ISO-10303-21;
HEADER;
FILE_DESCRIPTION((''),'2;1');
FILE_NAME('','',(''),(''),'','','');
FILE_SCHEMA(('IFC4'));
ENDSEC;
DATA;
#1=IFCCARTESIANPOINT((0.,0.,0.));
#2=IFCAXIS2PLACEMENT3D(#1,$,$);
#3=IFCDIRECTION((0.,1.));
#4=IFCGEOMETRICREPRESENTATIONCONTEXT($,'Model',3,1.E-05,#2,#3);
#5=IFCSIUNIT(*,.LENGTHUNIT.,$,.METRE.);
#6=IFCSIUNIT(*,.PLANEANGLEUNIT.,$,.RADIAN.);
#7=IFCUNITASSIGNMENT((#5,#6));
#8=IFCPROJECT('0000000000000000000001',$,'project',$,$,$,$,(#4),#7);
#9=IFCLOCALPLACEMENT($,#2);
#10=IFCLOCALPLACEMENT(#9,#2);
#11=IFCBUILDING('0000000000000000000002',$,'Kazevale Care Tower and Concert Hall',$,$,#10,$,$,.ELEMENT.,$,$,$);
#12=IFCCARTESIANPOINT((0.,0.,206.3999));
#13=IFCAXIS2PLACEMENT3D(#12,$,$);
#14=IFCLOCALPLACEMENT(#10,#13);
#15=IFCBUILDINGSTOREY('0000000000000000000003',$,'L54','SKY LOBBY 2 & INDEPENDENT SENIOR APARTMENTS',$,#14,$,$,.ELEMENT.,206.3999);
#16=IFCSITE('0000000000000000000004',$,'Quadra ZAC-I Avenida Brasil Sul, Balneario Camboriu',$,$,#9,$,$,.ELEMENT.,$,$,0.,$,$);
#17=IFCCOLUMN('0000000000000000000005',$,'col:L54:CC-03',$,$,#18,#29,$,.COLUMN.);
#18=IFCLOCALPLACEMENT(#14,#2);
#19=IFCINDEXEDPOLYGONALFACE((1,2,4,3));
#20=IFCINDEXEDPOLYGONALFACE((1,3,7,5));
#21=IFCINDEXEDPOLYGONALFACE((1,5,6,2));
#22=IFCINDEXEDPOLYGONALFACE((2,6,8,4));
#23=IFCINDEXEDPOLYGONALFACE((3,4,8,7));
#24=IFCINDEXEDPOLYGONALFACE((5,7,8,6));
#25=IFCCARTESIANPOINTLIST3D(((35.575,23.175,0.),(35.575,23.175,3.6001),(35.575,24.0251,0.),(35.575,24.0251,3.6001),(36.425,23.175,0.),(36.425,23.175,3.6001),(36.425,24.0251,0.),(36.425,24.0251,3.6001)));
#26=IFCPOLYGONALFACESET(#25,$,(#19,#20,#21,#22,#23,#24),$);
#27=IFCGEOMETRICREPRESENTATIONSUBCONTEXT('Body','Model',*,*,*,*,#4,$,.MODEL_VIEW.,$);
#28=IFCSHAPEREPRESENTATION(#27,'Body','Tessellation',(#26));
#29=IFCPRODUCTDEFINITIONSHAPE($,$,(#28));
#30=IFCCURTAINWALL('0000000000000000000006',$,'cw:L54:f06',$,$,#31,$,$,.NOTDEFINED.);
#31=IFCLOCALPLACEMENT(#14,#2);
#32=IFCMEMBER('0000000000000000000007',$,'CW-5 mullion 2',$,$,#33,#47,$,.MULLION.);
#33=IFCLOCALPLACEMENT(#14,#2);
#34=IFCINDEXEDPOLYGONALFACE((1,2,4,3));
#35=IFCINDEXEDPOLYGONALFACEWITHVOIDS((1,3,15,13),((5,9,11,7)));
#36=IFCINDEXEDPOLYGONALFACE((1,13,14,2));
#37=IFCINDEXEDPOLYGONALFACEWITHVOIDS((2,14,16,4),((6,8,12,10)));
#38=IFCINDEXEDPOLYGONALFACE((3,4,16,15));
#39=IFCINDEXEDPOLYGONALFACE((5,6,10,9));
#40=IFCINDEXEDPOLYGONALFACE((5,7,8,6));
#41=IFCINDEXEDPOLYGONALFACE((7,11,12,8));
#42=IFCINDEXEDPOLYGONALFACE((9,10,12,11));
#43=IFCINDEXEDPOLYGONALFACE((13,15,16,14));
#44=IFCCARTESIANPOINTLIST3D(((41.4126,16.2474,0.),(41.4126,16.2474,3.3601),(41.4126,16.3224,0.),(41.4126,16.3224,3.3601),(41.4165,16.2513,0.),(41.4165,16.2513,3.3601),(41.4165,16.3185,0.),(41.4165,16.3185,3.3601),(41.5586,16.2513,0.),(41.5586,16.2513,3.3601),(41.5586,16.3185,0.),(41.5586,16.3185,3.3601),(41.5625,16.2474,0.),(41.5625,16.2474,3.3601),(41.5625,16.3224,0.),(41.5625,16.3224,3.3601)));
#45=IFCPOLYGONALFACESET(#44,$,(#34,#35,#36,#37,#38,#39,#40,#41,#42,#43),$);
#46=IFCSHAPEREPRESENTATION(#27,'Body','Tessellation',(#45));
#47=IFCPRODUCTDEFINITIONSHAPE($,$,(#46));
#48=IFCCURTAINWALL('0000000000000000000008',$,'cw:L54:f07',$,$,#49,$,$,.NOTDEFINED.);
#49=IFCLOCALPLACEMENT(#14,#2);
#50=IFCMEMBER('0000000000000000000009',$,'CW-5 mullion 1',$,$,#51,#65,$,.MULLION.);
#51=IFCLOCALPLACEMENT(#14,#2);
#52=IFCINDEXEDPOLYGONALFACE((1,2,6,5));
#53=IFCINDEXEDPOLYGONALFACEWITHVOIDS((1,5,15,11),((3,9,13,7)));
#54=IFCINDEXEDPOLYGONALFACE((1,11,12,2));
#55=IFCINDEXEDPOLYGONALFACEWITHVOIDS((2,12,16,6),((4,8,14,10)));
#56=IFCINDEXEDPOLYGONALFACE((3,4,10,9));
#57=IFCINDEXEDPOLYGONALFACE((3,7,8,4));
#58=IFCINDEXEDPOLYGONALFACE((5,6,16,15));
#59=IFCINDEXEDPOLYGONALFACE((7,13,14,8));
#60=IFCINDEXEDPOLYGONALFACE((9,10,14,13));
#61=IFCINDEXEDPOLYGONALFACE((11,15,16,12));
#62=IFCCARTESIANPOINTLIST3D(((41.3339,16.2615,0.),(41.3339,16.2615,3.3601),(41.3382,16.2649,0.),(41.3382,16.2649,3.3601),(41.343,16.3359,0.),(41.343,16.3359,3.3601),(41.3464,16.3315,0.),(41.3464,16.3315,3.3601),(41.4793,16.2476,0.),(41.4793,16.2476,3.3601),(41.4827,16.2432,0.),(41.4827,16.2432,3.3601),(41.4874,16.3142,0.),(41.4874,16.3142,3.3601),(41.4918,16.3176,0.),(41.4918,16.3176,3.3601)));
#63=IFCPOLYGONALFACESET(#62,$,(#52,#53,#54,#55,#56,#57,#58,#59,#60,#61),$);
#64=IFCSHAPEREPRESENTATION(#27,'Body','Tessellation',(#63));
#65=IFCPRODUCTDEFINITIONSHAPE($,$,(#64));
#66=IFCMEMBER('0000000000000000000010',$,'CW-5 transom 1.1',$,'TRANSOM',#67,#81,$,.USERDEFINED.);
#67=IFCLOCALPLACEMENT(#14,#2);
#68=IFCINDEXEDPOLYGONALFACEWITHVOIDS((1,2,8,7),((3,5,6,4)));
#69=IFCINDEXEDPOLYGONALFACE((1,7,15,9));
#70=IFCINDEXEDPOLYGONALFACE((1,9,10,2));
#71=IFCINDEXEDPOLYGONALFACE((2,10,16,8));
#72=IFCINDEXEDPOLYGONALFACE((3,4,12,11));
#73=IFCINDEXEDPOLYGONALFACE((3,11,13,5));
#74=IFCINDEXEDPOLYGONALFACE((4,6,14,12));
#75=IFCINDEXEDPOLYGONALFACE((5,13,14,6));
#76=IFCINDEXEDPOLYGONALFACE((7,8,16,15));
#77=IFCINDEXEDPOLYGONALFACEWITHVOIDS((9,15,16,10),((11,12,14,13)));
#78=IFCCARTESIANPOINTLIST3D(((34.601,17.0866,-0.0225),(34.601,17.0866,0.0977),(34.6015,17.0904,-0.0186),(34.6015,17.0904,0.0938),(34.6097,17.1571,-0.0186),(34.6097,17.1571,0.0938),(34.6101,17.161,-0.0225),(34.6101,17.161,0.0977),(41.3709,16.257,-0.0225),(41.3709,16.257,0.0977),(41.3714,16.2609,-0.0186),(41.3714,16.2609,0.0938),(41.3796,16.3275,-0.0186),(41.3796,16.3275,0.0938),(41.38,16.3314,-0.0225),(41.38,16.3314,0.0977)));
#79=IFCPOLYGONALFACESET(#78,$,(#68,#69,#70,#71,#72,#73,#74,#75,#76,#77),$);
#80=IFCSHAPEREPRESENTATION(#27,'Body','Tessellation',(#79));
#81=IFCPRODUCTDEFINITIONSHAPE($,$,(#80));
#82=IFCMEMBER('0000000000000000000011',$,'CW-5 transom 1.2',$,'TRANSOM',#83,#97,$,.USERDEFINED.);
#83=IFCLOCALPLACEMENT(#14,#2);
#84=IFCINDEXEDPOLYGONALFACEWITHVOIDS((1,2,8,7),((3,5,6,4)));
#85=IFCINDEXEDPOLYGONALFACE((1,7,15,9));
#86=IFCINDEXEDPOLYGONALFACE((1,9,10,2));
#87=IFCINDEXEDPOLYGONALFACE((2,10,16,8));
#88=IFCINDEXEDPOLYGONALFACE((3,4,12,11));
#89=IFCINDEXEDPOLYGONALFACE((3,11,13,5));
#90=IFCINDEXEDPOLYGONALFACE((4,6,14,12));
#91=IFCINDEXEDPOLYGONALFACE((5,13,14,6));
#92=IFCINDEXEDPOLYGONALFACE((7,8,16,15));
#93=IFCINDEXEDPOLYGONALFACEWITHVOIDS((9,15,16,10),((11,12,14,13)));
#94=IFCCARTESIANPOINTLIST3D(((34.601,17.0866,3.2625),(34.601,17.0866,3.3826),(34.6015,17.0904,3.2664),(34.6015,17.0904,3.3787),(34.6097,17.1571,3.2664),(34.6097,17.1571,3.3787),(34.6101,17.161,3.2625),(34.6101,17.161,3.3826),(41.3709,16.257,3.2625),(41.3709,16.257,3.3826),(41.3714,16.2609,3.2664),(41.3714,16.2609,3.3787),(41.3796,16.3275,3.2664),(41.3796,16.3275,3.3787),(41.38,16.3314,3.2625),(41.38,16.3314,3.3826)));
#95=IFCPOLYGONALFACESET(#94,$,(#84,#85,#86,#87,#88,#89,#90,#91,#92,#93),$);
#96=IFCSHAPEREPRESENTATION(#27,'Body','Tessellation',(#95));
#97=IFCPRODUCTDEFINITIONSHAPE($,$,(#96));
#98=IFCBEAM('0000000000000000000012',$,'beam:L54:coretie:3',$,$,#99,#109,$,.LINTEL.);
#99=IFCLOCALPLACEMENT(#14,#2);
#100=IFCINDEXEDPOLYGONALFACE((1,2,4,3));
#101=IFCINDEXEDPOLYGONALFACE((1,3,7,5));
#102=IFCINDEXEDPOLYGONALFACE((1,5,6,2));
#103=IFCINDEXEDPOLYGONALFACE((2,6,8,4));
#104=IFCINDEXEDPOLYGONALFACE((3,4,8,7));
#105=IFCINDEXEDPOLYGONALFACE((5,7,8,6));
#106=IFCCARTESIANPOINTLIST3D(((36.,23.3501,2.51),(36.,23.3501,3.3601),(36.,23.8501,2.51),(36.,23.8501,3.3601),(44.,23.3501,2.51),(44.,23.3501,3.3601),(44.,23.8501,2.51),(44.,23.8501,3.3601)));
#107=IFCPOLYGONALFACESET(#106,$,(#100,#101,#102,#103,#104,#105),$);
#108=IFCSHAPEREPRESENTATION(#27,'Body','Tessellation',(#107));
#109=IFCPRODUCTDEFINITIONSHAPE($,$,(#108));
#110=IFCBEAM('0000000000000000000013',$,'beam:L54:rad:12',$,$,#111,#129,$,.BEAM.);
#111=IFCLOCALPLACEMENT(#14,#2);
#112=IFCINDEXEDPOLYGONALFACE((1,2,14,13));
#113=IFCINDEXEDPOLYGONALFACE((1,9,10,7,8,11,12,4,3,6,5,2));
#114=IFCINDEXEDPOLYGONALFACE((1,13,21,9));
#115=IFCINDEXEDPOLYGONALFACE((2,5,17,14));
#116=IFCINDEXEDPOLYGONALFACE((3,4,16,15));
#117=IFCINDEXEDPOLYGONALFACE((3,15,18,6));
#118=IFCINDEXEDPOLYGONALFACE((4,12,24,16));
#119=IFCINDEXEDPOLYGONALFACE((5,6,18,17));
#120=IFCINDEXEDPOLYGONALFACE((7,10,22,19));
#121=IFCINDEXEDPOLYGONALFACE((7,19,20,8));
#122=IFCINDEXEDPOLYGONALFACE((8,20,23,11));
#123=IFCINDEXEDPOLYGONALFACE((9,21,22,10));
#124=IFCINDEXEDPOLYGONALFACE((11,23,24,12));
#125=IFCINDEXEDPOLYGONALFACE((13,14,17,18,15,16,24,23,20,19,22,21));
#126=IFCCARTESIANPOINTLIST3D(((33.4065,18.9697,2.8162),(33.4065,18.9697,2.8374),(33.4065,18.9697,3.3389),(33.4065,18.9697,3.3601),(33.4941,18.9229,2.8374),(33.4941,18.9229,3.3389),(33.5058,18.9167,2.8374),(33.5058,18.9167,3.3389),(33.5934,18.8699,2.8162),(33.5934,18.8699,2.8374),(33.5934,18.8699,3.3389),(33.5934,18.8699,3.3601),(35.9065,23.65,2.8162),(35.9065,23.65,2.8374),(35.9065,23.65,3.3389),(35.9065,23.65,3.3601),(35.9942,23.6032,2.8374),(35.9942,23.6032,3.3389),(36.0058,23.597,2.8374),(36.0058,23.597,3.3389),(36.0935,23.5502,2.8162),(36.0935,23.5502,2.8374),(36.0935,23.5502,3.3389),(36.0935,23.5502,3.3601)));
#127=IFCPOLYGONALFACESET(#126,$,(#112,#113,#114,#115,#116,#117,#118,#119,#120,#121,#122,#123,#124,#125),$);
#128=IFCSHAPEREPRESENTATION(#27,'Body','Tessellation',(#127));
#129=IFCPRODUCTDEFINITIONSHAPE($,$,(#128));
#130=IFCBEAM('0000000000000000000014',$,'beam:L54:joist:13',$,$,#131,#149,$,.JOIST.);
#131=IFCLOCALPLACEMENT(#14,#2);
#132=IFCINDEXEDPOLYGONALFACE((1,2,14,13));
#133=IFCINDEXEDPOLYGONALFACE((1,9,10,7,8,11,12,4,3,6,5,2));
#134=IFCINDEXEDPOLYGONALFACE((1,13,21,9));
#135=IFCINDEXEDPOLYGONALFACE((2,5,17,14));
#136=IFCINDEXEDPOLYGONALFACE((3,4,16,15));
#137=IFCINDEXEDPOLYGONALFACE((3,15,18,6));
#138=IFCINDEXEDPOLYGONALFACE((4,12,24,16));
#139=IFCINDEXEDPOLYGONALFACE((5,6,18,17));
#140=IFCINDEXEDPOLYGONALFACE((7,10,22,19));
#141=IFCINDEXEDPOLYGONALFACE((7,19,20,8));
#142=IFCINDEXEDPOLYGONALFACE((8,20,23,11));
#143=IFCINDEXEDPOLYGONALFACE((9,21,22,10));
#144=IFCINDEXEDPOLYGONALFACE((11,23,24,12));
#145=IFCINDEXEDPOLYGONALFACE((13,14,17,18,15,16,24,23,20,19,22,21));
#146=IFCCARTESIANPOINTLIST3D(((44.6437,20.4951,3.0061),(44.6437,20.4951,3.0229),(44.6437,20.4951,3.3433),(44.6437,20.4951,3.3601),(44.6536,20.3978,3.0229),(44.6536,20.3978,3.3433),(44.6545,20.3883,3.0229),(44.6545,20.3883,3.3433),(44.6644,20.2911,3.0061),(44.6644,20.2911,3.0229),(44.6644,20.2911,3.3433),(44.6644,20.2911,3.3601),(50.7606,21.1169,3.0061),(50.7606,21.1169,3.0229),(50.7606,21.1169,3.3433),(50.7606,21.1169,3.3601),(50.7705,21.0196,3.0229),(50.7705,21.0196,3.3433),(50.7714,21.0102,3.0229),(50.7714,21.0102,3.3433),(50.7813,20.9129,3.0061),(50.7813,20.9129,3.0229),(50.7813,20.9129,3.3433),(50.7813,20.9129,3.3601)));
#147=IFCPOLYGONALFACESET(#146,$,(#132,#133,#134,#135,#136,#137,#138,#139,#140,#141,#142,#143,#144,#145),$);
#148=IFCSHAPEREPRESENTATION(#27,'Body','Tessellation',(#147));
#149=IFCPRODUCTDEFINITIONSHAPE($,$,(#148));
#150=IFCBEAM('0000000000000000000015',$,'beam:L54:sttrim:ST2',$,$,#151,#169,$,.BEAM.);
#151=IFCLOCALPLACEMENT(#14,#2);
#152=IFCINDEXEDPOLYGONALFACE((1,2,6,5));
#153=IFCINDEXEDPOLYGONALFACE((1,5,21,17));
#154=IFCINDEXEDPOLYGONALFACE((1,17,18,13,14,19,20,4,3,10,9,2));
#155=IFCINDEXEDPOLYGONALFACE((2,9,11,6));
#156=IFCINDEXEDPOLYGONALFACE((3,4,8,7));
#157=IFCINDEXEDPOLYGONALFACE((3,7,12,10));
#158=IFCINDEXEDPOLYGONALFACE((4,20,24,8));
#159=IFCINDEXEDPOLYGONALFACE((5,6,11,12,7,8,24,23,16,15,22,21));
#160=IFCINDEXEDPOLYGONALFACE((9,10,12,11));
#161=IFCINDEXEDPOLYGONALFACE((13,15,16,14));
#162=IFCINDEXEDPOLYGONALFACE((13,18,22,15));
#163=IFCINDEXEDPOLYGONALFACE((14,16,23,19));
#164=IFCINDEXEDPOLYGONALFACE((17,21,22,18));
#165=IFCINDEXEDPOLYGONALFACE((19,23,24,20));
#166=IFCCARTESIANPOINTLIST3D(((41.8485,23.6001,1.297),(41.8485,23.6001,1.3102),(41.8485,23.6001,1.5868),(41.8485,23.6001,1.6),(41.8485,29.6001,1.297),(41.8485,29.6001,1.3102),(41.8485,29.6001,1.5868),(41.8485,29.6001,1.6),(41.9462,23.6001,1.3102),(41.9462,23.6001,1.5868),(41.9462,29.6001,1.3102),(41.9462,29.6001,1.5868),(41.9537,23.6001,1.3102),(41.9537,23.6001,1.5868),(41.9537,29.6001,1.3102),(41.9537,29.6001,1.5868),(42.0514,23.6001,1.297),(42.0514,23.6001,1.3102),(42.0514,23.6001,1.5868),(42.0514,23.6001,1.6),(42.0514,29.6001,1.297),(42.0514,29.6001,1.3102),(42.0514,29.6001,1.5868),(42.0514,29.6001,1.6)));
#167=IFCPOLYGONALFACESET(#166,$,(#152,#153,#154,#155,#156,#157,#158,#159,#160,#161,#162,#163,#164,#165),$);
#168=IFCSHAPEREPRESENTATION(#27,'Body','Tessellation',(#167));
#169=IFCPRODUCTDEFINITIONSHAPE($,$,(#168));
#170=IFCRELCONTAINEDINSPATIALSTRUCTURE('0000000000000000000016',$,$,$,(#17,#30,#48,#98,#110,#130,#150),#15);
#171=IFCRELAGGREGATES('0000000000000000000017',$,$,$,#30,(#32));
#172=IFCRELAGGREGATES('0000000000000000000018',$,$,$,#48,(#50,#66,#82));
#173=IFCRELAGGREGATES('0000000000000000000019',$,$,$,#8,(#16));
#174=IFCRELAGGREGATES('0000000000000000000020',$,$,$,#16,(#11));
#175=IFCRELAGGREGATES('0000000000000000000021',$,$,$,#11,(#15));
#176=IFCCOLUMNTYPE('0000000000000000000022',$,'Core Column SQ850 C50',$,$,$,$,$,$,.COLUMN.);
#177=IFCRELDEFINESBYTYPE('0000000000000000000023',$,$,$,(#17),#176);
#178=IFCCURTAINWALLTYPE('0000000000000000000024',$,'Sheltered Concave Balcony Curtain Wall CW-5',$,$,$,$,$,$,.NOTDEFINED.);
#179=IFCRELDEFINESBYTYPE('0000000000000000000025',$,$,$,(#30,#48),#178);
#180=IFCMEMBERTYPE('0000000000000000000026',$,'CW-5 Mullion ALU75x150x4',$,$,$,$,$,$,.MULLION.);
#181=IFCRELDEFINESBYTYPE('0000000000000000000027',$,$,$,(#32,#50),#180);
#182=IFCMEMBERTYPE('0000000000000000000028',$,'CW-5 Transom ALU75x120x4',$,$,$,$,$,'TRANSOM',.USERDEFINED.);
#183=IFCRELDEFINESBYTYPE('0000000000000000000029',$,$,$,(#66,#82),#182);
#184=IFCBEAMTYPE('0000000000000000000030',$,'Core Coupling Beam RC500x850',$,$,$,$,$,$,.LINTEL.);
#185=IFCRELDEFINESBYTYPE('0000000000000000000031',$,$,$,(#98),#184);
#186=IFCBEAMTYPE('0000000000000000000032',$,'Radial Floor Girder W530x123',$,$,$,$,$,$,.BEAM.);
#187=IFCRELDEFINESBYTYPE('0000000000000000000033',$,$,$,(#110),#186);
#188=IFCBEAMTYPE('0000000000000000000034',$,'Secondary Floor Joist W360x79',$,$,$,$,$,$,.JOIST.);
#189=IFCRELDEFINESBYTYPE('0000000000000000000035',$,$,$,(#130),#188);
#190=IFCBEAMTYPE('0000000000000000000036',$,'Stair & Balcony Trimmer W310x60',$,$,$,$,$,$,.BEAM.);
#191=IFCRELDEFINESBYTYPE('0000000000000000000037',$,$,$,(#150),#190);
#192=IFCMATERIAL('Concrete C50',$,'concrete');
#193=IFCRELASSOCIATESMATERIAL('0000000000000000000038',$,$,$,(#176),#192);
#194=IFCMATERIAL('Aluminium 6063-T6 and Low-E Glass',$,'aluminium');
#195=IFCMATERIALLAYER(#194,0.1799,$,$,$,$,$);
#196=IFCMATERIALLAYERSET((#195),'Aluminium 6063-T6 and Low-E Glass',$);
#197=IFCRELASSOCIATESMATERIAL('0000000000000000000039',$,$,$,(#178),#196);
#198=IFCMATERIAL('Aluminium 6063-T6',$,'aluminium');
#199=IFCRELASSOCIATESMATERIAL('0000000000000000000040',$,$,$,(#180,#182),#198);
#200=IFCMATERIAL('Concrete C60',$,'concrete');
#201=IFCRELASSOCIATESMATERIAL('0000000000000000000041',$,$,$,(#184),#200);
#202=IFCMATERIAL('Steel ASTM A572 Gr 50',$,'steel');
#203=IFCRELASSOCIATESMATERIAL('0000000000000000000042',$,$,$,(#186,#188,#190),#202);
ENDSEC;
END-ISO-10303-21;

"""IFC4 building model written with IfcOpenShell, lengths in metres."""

from ifc_helpers import new_model, si_unit, direction, frame, origin, origin_2d, place, context, subcontext, project, spatial, rectangle, hollow_rectangle, i_section, extrude, material, layer, layer_set, material_profile, profile_set, type_object, element, aggregate, save


model = new_model("IFC4")

# Units and contexts
model_context = context("Model", 3, precision=1e-05, world=origin(), true_north=direction((0.0, 1.0)))
body_context = subcontext(model_context, "Body", "Model", "MODEL_VIEW")
ifc_project = project(units=[si_unit("LENGTHUNIT", "METRE"), si_unit("PLANEANGLEUNIT", "RADIAN")], contexts=[model_context])

# Site, building, storey
site_placement = place(None, origin())
site = spatial("IfcSite", under=ifc_project, at=site_placement, Name="Quadra ZAC-I Avenida Brasil Sul, Balneario Camboriu", CompositionType="ELEMENT", RefElevation=0.0)
building_placement = place(site_placement, origin())
building = spatial("IfcBuilding", under=site, at=building_placement, Name="Kazevale Care Tower and Concert Hall", CompositionType="ELEMENT")
storey_placement = place(building_placement, frame((0.0, 0.0, 206.3999)))
storey = spatial("IfcBuildingStorey", under=building, at=storey_placement, Name="L54", Description="SKY LOBBY 2 & INDEPENDENT SENIOR APARTMENTS", CompositionType="ELEMENT", Elevation=206.3999)

# Column
ifc_material_1 = material(Name="Concrete C50", Category="concrete")
ifc_material_profile_1 = material_profile(ifc_material_1, rectangle(XDim=0.8501, YDim=0.8501, at=origin_2d()), Name="RC-SQ850")
ifc_profile_set_1 = profile_set([ifc_material_profile_1], Name="Concrete C50")
column_type = type_object("IfcColumnType", Name="Core Column SQ850 C50", PredefinedType="COLUMN", material=ifc_profile_set_1)
column_placement = place(storey_placement, frame((36.0, 23.6001, 0.0), z_axis=(0.0, 0.0, 1.0), x_axis=(1.0, 0.0, 0.0)))
element("IfcColumn", 1, at=column_placement, inside=storey, type_object=column_type, Name="col:L54:CC-03", PredefinedType="COLUMN", context=body_context, shape_type="SweptSolid", body=[
    extrude(rectangle(XDim=0.8501, YDim=0.8501, at=origin_2d()), origin(), (0.0, 0.0, 1.0), 3.6001),
])

# Curtain wall, member
ifc_material_2 = material(Name="Aluminium 6063-T6 and Low-E Glass", Category="aluminium")
ifc_layer_1 = layer(ifc_material_2, 0.1799)
ifc_layer_set_1 = layer_set([ifc_layer_1], Name="Aluminium 6063-T6 and Low-E Glass")
curtain_wall_type = type_object("IfcCurtainWallType", Name="Sheltered Concave Balcony Curtain Wall CW-5", PredefinedType="NOTDEFINED", material=ifc_layer_set_1)
curtain_wall_1_placement = place(storey_placement, origin())
curtain_wall_1 = element("IfcCurtainWall", 2, at=curtain_wall_1_placement, inside=storey, type_object=curtain_wall_type, Name="cw:L54:f06", PredefinedType="NOTDEFINED")
ifc_material_3 = material(Name="Aluminium 6063-T6", Category="aluminium")
ifc_material_profile_2 = material_profile(ifc_material_3, hollow_rectangle(XDim=0.075, YDim=0.1499, WallThickness=0.0039, at=origin_2d()), Name="ALU75x150x4")
ifc_profile_set_2 = profile_set([ifc_material_profile_2], Name="Aluminium 6063-T6")
member_type_1 = type_object("IfcMemberType", Name="CW-5 Mullion ALU75x150x4", PredefinedType="MULLION", material=ifc_profile_set_2)
member_1_placement = place(storey_placement, frame((41.4875, 16.2849, 0.0), z_axis=(0.0, 0.0, 1.0), x_axis=(0.0, -1.0, 0.0)))
member_1 = element("IfcMember", 3, at=member_1_placement, type_object=member_type_1, Name="CW-5 mullion 2", PredefinedType="MULLION", context=body_context, shape_type="SweptSolid", body=[
    extrude(hollow_rectangle(XDim=0.075, YDim=0.1499, WallThickness=0.0039, at=origin_2d()), origin(), (0.0, 0.0, 1.0), 3.3601),
])

# Curtain wall, members
curtain_wall_2_placement = place(storey_placement, origin())
curtain_wall_2 = element("IfcCurtainWall", 4, at=curtain_wall_2_placement, inside=storey, type_object=curtain_wall_type, Name="cw:L54:f07", PredefinedType="NOTDEFINED")
member_2_placement = place(storey_placement, frame((41.4128, 16.2896, 0.0), z_axis=(0.0, 0.0, 1.0), x_axis=(-0.121651, -0.992573, 0.0)))
member_2 = element("IfcMember", 5, at=member_2_placement, type_object=member_type_1, Name="CW-5 mullion 1", PredefinedType="MULLION", context=body_context, shape_type="SweptSolid", body=[
    extrude(hollow_rectangle(XDim=0.075, YDim=0.1499, WallThickness=0.0039, at=origin_2d()), origin(), (0.0, 0.0, 1.0), 3.3601),
])
ifc_material_profile_3 = material_profile(ifc_material_3, hollow_rectangle(XDim=0.075, YDim=0.1201, WallThickness=0.0039, at=origin_2d()), Name="ALU75x120x4")
ifc_profile_set_3 = profile_set([ifc_material_profile_3], Name="Aluminium 6063-T6")
member_type_2 = type_object("IfcMemberType", Name="CW-5 Transom ALU75x120x4", ElementType="TRANSOM", PredefinedType="USERDEFINED", material=ifc_profile_set_3)
member_3_placement = place(storey_placement, frame((41.3755, 16.2942, 0.0376), z_axis=(-0.992576, 0.121629, 0.0), x_axis=(-0.121629, -0.992576, 0.0)))
member_3 = element("IfcMember", 6, at=member_3_placement, type_object=member_type_2, Name="CW-5 transom 1.1", ObjectType="TRANSOM", PredefinedType="USERDEFINED", context=body_context, shape_type="SweptSolid", body=[
    extrude(hollow_rectangle(XDim=0.075, YDim=0.1201, WallThickness=0.0039, at=origin_2d()), origin(), (0.0, 0.0, 1.0), 6.8206),
])
member_4_placement = place(storey_placement, frame((41.3755, 16.2942, 3.3225), z_axis=(-0.992576, 0.121629, 0.0), x_axis=(-0.121629, -0.992576, 0.0)))
member_4 = element("IfcMember", 7, at=member_4_placement, type_object=member_type_2, Name="CW-5 transom 1.2", ObjectType="TRANSOM", PredefinedType="USERDEFINED", context=body_context, shape_type="SweptSolid", body=[
    extrude(hollow_rectangle(XDim=0.075, YDim=0.1201, WallThickness=0.0039, at=origin_2d()), origin(), (0.0, 0.0, 1.0), 6.8206),
])

# Beams
ifc_material_4 = material(Name="Concrete C60", Category="concrete")
ifc_material_profile_4 = material_profile(ifc_material_4, rectangle(XDim=0.5, YDim=0.8501, at=origin_2d()), Name="RC-B500x850")
ifc_profile_set_4 = profile_set([ifc_material_profile_4], Name="Concrete C60")
beam_type_1 = type_object("IfcBeamType", Name="Core Coupling Beam RC500x850", PredefinedType="LINTEL", material=ifc_profile_set_4)
beam_1_placement = place(storey_placement, frame((36.0, 23.6001, 2.9351), z_axis=(1.0, 0.0, 0.0), x_axis=(0.0, 1.0, 0.0)))
element("IfcBeam", 8, at=beam_1_placement, inside=storey, type_object=beam_type_1, Name="beam:L54:coretie:3", PredefinedType="LINTEL", context=body_context, shape_type="SweptSolid", body=[
    extrude(rectangle(XDim=0.5, YDim=0.8501, at=origin_2d()), origin(), (0.0, 0.0, 1.0), 8.0),
])
ifc_material_5 = material(Name="Steel ASTM A572 Gr 50", Category="steel")
ifc_material_profile_5 = material_profile(ifc_material_5, i_section(OverallWidth=0.2119, OverallDepth=0.5439, WebThickness=0.0132, FlangeThickness=0.0212, at=origin_2d()), Name="W530x123")
ifc_profile_set_5 = profile_set([ifc_material_profile_5], Name="Steel ASTM A572 Gr 50")
beam_type_2 = type_object("IfcBeamType", Name="Radial Floor Girder W530x123", PredefinedType="BEAM", material=ifc_profile_set_5)
beam_2_placement = place(storey_placement, frame((36.0, 23.6001, 3.0881), z_axis=(-0.471161, -0.882047, 0.0), x_axis=(0.882047, -0.471161, 0.0)))
element("IfcBeam", 9, at=beam_2_placement, inside=storey, type_object=beam_type_2, Name="beam:L54:rad:12", PredefinedType="BEAM", context=body_context, shape_type="SweptSolid", body=[
    extrude(i_section(OverallWidth=0.2119, OverallDepth=0.5439, WebThickness=0.0132, FlangeThickness=0.0212, at=origin_2d()), origin(), (0.0, 0.0, 1.0), 5.3062),
])
ifc_material_profile_6 = material_profile(ifc_material_5, i_section(OverallWidth=0.2051, OverallDepth=0.354, WebThickness=0.0095, FlangeThickness=0.0168, at=origin_2d()), Name="W360x79")
ifc_profile_set_6 = profile_set([ifc_material_profile_6], Name="Steel ASTM A572 Gr 50")
beam_type_3 = type_object("IfcBeamType", Name="Secondary Floor Joist W360x79", PredefinedType="JOIST", material=ifc_profile_set_6)
beam_3_placement = place(storey_placement, frame((44.6541, 20.3931, 3.1831), z_axis=(0.994873, 0.101135, 0.0), x_axis=(-0.101135, 0.994873, 0.0)))
element("IfcBeam", 10, at=beam_3_placement, inside=storey, type_object=beam_type_3, Name="beam:L54:joist:13", PredefinedType="JOIST", context=body_context, shape_type="SweptSolid", body=[
    extrude(i_section(OverallWidth=0.2051, OverallDepth=0.354, WebThickness=0.0095, FlangeThickness=0.0168, at=origin_2d()), origin(), (0.0, 0.0, 1.0), 6.1484),
])
ifc_material_profile_7 = material_profile(ifc_material_5, i_section(OverallWidth=0.2029, OverallDepth=0.303, WebThickness=0.0076, FlangeThickness=0.0132, at=origin_2d()), Name="W310x60")
ifc_profile_set_7 = profile_set([ifc_material_profile_7], Name="Steel ASTM A572 Gr 50")
beam_type_4 = type_object("IfcBeamType", Name="Stair & Balcony Trimmer W310x60", PredefinedType="BEAM", material=ifc_profile_set_7)
beam_4_placement = place(storey_placement, frame((41.95, 23.6001, 1.4485), z_axis=(0.0, 1.0, 0.0), x_axis=(-1.0, 0.0, 0.0)))
element("IfcBeam", 11, at=beam_4_placement, inside=storey, type_object=beam_type_4, Name="beam:L54:sttrim:ST2", PredefinedType="BEAM", context=body_context, shape_type="SweptSolid", body=[
    extrude(i_section(OverallWidth=0.2029, OverallDepth=0.303, WebThickness=0.0076, FlangeThickness=0.0132, at=origin_2d()), origin(), (0.0, 0.0, 1.0), 6.0),
])

aggregate(curtain_wall_1, [member_1])
aggregate(curtain_wall_2, [member_2, member_3, member_4])

save(model, "model.ifc")
